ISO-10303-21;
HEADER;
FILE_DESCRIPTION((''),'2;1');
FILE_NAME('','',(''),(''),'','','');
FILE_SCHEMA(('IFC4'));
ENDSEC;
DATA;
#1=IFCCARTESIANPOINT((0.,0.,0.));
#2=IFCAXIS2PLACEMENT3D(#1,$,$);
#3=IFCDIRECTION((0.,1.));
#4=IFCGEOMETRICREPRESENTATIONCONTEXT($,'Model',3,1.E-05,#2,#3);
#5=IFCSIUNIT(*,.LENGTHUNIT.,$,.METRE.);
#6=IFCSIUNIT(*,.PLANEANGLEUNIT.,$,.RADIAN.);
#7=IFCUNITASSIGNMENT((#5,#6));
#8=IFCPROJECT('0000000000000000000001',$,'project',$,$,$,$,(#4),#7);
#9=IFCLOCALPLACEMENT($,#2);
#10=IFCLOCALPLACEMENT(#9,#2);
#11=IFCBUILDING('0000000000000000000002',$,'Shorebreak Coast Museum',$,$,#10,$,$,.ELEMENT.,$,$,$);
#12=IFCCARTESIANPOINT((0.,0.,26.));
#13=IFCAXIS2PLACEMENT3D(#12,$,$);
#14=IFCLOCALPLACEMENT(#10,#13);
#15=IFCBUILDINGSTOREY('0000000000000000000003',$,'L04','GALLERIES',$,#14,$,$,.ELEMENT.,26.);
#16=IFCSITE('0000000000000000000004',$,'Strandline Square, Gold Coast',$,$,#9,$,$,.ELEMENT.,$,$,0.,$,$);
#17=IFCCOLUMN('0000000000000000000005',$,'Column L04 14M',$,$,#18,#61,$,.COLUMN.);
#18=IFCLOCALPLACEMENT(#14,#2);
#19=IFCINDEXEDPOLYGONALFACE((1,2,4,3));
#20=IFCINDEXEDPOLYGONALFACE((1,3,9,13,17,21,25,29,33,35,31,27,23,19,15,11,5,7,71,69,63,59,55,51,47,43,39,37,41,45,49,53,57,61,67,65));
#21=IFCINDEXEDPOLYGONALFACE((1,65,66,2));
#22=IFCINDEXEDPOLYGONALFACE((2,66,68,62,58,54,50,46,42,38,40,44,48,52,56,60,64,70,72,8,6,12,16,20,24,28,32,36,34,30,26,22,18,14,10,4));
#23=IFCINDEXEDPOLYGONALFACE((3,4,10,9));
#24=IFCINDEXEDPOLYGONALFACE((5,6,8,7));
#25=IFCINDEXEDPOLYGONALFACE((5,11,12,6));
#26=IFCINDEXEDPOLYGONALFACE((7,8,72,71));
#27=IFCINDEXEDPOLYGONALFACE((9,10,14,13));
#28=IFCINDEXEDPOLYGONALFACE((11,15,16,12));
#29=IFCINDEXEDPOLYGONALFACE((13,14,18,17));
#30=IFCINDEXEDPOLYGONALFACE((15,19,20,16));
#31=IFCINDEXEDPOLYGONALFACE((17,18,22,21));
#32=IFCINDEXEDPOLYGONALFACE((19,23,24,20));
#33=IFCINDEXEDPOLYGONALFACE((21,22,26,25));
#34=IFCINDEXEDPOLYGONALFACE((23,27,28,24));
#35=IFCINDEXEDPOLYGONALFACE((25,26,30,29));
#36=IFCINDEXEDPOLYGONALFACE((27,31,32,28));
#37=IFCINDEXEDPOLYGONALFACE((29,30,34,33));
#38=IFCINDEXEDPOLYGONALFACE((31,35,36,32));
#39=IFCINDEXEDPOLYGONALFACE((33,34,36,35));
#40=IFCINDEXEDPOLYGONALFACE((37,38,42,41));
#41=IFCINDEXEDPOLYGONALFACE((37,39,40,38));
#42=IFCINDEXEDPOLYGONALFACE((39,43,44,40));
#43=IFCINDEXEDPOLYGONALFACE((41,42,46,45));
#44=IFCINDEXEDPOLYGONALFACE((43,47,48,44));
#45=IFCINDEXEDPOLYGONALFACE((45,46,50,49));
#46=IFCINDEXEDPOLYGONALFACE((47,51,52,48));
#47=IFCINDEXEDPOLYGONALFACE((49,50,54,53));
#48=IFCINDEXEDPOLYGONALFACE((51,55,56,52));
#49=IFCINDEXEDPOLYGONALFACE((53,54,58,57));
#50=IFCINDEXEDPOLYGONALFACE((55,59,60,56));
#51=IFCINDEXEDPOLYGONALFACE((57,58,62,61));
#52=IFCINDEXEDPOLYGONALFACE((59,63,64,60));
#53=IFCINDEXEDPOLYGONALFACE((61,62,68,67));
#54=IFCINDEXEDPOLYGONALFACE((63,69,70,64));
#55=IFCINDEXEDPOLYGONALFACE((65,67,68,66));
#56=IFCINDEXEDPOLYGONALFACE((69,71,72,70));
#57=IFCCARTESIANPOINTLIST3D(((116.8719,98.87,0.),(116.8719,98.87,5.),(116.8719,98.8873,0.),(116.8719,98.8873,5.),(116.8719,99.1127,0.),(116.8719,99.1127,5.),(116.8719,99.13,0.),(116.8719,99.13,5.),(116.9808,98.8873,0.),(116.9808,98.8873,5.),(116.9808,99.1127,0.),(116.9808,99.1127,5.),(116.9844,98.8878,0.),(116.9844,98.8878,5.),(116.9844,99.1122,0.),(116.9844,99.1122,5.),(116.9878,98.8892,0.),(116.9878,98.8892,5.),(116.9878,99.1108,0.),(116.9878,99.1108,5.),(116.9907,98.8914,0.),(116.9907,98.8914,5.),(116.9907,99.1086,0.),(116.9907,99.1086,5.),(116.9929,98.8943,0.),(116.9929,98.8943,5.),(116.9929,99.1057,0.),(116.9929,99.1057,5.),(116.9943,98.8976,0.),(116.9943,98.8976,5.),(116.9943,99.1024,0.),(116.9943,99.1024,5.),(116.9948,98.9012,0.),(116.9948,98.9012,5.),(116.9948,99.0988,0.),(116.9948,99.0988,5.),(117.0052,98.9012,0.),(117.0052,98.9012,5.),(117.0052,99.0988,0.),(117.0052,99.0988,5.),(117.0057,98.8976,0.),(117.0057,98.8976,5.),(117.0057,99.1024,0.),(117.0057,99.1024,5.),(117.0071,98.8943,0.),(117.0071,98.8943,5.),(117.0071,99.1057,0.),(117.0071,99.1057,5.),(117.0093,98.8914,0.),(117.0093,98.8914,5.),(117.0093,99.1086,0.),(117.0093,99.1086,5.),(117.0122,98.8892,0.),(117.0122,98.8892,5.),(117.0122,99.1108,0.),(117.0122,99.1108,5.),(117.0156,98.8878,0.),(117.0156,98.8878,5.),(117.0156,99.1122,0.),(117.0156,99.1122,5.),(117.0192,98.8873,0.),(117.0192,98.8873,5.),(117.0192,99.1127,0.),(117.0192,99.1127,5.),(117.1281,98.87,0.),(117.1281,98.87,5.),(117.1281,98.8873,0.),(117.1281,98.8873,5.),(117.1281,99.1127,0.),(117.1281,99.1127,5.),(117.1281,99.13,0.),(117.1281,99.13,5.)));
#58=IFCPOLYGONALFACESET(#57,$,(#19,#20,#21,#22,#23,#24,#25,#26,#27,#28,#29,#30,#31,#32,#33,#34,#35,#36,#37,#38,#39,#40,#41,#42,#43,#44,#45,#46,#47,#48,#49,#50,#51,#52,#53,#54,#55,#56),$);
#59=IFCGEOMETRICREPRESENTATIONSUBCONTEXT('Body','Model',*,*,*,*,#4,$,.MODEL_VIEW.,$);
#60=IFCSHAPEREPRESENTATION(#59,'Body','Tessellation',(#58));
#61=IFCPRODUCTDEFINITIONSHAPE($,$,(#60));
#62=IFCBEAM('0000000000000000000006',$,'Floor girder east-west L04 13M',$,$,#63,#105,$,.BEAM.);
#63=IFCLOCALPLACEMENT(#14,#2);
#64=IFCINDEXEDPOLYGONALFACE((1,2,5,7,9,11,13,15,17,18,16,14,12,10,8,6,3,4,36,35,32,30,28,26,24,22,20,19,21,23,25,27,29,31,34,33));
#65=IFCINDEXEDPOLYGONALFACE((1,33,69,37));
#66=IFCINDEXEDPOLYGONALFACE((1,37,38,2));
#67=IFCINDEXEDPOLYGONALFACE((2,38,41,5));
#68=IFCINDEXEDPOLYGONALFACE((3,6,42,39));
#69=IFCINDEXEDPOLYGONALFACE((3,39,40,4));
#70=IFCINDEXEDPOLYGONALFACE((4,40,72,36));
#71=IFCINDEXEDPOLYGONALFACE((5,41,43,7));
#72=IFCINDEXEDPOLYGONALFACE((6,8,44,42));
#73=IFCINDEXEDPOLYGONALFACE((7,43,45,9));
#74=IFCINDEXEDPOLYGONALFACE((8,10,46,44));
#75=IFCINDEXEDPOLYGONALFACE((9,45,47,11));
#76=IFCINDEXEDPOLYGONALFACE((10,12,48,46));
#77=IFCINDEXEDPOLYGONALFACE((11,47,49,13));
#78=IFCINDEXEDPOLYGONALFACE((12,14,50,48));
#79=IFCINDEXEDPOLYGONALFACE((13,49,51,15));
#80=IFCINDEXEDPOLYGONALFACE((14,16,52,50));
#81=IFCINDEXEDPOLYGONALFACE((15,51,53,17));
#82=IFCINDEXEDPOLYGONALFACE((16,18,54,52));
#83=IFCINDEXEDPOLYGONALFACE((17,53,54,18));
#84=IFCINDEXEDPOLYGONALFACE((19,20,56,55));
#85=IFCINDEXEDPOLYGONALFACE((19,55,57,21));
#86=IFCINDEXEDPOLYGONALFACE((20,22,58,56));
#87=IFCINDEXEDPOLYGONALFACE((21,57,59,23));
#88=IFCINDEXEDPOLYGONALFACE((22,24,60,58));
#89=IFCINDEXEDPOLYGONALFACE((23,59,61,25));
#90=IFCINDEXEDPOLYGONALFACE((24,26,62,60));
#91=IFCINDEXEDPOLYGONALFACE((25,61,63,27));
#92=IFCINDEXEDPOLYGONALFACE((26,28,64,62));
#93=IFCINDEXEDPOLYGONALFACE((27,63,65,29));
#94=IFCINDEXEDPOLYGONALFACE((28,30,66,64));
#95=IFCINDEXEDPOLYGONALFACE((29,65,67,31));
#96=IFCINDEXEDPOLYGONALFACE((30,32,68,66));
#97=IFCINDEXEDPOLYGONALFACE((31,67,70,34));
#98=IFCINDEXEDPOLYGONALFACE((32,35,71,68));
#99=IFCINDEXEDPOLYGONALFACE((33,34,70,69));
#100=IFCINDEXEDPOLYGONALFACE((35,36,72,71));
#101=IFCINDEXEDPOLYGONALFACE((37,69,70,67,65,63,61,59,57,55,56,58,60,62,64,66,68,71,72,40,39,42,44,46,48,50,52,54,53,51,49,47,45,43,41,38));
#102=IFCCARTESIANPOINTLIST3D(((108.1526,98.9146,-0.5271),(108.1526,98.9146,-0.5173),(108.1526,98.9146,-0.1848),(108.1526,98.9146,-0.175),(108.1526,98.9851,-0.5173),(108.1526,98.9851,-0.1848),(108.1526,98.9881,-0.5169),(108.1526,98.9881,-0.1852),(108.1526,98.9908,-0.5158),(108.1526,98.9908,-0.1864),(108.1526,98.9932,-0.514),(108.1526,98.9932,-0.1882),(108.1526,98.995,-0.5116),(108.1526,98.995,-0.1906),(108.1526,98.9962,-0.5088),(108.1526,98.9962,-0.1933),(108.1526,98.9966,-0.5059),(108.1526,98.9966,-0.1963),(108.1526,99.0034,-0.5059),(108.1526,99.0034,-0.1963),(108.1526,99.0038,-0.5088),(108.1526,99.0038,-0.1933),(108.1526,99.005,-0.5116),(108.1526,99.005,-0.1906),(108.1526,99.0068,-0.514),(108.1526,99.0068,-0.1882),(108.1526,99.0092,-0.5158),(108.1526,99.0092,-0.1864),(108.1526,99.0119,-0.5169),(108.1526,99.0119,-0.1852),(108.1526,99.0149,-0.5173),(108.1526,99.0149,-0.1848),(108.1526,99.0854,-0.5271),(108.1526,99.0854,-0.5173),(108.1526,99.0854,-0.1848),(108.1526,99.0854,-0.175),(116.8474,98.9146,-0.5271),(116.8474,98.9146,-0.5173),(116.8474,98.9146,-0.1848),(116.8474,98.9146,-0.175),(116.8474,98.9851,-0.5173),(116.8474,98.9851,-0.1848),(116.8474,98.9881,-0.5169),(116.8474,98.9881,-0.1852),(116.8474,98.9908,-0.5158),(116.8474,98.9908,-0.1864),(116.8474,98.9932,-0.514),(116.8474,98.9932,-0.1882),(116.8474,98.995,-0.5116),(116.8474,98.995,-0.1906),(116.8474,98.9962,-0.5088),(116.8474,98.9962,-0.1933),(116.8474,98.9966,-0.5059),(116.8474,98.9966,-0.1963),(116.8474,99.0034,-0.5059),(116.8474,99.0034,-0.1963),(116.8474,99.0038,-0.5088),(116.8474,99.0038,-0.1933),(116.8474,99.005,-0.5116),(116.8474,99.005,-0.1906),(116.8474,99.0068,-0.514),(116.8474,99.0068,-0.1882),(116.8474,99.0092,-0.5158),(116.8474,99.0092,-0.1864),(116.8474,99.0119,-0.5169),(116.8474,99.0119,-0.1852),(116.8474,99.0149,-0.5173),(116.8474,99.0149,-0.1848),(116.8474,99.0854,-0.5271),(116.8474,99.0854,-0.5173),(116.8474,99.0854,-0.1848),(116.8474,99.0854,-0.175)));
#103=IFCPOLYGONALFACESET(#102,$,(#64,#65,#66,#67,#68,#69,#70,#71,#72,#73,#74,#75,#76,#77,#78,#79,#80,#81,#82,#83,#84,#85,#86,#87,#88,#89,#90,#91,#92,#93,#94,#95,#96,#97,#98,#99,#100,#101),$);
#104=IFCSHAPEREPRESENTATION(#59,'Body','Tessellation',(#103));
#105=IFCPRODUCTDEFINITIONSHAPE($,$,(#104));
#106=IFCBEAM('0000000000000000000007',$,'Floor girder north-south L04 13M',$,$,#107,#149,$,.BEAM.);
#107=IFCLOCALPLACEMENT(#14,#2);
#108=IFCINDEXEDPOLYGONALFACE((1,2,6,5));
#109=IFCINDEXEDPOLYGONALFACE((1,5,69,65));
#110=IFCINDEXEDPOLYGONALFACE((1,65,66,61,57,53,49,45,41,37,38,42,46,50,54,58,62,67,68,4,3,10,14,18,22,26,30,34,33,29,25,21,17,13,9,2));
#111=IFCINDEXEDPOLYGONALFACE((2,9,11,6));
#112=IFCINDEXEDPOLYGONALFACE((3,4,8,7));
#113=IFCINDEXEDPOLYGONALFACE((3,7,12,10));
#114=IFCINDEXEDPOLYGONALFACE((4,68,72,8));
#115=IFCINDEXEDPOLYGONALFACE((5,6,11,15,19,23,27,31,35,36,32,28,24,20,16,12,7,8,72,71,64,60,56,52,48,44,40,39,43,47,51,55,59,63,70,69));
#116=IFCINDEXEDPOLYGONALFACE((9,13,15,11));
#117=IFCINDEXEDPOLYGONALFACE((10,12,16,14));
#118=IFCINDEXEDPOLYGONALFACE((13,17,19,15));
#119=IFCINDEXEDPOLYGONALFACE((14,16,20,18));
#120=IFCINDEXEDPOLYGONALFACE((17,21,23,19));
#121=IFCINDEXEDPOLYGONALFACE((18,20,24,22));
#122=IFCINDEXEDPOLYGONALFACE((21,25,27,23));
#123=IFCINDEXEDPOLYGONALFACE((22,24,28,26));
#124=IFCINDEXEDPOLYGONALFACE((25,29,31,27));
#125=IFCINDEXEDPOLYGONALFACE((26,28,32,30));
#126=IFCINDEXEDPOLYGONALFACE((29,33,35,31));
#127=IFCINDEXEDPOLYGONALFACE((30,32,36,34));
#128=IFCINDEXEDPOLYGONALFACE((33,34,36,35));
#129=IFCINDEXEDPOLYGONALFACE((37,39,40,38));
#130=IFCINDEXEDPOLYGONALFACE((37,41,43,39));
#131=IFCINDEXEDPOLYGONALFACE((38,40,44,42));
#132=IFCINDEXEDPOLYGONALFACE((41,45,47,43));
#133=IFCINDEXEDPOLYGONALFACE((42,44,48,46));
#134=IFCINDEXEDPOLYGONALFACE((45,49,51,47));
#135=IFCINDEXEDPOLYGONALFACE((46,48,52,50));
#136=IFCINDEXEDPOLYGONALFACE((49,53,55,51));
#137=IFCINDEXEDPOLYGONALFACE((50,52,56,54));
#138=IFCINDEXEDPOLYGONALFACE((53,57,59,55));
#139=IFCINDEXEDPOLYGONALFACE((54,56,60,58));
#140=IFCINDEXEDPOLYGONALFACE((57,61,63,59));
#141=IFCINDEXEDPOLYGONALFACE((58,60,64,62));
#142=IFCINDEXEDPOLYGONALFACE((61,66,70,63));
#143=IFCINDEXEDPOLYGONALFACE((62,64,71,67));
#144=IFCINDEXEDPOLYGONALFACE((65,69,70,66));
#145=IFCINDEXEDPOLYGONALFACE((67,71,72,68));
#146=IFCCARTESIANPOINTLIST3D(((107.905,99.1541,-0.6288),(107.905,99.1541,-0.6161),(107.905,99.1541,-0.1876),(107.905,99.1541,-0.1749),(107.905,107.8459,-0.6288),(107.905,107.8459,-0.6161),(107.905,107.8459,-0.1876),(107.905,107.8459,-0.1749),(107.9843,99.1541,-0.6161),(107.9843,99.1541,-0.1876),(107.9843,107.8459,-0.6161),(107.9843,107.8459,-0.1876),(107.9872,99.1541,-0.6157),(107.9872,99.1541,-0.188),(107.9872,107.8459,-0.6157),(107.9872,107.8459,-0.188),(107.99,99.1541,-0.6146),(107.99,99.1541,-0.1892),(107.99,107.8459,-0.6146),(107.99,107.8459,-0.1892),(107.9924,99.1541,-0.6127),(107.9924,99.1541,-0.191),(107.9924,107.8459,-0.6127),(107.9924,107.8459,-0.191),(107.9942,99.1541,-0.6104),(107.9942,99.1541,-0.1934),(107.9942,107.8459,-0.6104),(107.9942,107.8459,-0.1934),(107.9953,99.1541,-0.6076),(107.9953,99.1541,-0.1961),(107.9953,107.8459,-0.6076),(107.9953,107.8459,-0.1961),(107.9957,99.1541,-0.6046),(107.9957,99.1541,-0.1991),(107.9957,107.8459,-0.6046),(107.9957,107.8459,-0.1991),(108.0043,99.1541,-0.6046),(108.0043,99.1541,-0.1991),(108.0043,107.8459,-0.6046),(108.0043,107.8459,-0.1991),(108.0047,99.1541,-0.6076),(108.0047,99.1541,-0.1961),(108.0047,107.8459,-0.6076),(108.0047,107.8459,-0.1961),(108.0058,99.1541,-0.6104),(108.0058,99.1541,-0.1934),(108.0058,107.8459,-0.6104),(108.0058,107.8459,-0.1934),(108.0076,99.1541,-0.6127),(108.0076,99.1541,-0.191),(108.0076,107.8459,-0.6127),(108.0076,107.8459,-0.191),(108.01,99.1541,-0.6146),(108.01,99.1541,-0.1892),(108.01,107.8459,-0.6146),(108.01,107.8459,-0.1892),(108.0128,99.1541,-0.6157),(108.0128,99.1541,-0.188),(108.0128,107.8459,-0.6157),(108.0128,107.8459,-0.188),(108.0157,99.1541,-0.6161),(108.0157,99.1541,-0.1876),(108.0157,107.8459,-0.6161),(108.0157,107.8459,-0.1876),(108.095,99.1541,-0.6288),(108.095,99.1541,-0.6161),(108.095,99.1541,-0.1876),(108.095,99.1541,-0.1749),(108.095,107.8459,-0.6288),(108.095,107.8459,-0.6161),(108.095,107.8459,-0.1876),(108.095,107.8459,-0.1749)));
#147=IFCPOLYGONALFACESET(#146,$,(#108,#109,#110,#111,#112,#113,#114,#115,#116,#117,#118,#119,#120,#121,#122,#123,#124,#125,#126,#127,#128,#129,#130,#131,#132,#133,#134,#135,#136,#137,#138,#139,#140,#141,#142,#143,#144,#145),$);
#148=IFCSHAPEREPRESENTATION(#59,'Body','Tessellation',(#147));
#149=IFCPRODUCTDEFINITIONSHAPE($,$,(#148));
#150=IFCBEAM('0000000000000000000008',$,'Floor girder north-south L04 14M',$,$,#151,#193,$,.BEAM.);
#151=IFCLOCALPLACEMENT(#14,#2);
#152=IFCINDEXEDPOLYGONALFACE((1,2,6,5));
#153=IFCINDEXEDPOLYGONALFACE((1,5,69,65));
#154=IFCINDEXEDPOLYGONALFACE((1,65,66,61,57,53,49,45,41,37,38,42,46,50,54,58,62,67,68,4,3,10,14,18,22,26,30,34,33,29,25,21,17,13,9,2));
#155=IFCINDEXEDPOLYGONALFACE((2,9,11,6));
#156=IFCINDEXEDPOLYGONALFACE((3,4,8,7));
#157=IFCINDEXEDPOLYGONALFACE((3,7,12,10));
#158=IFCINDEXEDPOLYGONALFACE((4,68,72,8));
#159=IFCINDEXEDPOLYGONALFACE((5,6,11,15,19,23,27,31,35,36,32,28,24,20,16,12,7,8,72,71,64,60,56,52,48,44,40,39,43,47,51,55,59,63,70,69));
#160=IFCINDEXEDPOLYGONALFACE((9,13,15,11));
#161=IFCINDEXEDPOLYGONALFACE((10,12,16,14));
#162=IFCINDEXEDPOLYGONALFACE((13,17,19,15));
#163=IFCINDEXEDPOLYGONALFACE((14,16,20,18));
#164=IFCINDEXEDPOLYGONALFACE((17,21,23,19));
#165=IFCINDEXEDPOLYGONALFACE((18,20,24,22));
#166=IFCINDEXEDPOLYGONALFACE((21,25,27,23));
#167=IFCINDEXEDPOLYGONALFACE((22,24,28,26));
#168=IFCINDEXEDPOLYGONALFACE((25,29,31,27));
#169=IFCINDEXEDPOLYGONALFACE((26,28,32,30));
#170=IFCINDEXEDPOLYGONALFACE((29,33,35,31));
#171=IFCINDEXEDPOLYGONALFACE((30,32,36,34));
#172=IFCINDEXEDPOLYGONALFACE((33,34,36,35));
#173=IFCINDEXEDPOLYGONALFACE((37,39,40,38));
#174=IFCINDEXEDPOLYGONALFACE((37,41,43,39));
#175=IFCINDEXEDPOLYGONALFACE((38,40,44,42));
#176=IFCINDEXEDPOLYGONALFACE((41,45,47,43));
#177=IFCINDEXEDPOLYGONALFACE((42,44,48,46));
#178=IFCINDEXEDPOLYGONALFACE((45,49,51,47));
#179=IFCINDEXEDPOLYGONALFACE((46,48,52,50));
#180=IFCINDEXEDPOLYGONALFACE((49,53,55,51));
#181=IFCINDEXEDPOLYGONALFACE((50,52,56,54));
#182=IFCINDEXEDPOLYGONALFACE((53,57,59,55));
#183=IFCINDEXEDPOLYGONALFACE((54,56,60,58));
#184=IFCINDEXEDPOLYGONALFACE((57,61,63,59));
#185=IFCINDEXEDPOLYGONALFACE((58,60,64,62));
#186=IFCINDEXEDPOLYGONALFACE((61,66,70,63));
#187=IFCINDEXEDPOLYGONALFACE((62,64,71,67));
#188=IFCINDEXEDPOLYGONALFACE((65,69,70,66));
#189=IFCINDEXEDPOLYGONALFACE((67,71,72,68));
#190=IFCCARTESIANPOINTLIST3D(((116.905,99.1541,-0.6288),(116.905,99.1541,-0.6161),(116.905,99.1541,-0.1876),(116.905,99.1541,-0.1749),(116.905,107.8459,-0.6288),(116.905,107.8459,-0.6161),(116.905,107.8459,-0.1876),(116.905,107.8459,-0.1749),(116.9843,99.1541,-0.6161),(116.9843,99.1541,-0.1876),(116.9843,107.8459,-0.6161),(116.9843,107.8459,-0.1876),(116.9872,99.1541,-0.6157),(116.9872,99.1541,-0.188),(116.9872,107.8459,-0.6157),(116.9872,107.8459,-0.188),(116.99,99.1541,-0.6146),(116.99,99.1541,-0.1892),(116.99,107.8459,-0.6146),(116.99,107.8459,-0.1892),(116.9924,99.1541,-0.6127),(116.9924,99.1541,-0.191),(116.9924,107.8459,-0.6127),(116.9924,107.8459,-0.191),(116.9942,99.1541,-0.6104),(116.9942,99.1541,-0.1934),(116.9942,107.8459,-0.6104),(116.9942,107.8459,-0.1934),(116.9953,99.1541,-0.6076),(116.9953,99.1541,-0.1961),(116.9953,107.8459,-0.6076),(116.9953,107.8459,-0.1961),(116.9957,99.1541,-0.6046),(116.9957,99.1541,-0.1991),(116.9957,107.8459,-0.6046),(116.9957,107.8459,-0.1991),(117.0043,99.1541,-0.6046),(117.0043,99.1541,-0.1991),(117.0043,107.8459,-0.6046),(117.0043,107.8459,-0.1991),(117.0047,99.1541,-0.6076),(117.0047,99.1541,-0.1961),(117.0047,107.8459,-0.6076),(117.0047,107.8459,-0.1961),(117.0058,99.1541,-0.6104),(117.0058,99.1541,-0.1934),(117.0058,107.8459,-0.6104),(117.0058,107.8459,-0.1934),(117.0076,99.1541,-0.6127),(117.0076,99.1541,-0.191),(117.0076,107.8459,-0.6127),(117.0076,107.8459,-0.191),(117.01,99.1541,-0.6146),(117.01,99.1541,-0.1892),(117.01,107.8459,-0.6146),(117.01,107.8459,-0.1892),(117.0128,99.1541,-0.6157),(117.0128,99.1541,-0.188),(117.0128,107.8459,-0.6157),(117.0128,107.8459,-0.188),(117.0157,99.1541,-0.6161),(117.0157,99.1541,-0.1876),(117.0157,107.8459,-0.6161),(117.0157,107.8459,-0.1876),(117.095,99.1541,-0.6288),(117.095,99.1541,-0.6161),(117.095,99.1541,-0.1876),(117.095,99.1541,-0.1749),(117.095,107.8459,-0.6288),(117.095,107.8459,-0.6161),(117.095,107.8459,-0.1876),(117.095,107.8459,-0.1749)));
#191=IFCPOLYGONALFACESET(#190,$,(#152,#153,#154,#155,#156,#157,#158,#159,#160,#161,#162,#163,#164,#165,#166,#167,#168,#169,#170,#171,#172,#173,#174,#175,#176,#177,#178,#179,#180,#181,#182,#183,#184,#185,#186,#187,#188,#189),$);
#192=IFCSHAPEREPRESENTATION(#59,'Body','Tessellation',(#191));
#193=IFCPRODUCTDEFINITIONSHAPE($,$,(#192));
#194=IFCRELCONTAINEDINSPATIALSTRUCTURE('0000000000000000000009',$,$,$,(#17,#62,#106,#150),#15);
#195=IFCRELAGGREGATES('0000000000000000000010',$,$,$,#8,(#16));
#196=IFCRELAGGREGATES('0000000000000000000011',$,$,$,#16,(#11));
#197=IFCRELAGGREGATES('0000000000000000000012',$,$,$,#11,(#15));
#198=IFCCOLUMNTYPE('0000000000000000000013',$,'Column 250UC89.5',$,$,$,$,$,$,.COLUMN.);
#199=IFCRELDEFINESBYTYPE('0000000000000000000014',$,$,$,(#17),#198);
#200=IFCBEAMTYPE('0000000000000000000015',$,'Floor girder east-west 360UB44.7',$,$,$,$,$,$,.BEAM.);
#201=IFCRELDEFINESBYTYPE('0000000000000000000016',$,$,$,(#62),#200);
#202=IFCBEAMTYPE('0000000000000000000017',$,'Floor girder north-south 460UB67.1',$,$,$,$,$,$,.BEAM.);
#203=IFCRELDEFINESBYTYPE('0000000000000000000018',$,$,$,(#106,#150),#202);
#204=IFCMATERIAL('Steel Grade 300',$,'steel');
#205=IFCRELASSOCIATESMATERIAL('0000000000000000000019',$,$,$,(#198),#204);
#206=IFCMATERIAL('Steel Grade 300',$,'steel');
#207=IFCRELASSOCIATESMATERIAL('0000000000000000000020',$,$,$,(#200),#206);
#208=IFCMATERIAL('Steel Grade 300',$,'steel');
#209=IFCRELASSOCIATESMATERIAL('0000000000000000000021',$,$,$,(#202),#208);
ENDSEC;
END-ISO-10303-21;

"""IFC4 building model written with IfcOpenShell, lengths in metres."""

from ifc_helpers import new_model, si_unit, direction, frame, origin, origin_2d, place, context, subcontext, project, spatial, i_section, extrude, material, material_profile, profile_set, type_object, element, save


model = new_model("IFC4")

# Units and contexts
model_context = context("Model", 3, precision=1e-05, world=origin(), true_north=direction((0.0, 1.0)))
body_context = subcontext(model_context, "Body", "Model", "MODEL_VIEW")
ifc_project = project(units=[si_unit("LENGTHUNIT", "METRE"), si_unit("PLANEANGLEUNIT", "RADIAN")], contexts=[model_context])

# Site, building, storey
site_placement = place(None, origin())
site = spatial("IfcSite", under=ifc_project, at=site_placement, Name="Strandline Square, Gold Coast", CompositionType="ELEMENT", RefElevation=0.0)
building_placement = place(site_placement, origin())
building = spatial("IfcBuilding", under=site, at=building_placement, Name="Shorebreak Coast Museum", CompositionType="ELEMENT")
storey_placement = place(building_placement, frame((0.0, 0.0, 26.0)))
storey = spatial("IfcBuildingStorey", under=building, at=storey_placement, Name="L04", Description="GALLERIES", CompositionType="ELEMENT", Elevation=26.0)

# Column
ifc_material_1 = material(Name="Steel Grade 300", Category="steel")
ifc_material_profile_1 = material_profile(ifc_material_1, i_section(OverallWidth=0.2561, OverallDepth=0.26, WebThickness=0.0105, FlangeThickness=0.0173, FilletRadius=0.0139, at=origin_2d()), Name="250UC89.5")
ifc_profile_set_1 = profile_set([ifc_material_profile_1], Name="Steel Grade 300")
column_type = type_object("IfcColumnType", Name="Column 250UC89.5", PredefinedType="COLUMN", material=ifc_profile_set_1)
column_placement = place(storey_placement, frame((117.0, 99.0, 0.0), z_axis=(0.0, 0.0, 1.0), x_axis=(1.0, 0.0, 0.0)))
element("IfcColumn", 1, at=column_placement, inside=storey, type_object=column_type, Name="Column L04 14M", PredefinedType="COLUMN", context=body_context, shape_type="SweptSolid", body=[
    extrude(i_section(OverallWidth=0.2561, OverallDepth=0.26, WebThickness=0.0105, FlangeThickness=0.0173, FilletRadius=0.0139, at=origin_2d()), origin(), (0.0, 0.0, 1.0), 5.0),
])

# Beams
ifc_material_2 = material(Name="Steel Grade 300", Category="steel")
ifc_material_profile_2 = material_profile(ifc_material_2, i_section(OverallWidth=0.1709, OverallDepth=0.3521, WebThickness=0.0068, FlangeThickness=0.0098, FilletRadius=0.0115, at=origin_2d()), Name="360UB44.7")
ifc_profile_set_2 = profile_set([ifc_material_profile_2], Name="Steel Grade 300")
beam_type_1 = type_object("IfcBeamType", Name="Floor girder east-west 360UB44.7", PredefinedType="BEAM", material=ifc_profile_set_2)
beam_placement = place(storey_placement, frame((108.1526, 99.0, -0.3511), z_axis=(1.0, 0.0, 0.0), x_axis=(0.0, 1.0, 0.0)))
element("IfcBeam", 2, at=beam_placement, inside=storey, type_object=beam_type_1, Name="Floor girder east-west L04 13M", PredefinedType="BEAM", context=body_context, shape_type="SweptSolid", body=[
    extrude(i_section(OverallWidth=0.1709, OverallDepth=0.3521, WebThickness=0.0068, FlangeThickness=0.0098, FilletRadius=0.0115, at=origin_2d()), origin(), (0.0, 0.0, 1.0), 8.6948),
])
ifc_material_3 = material(Name="Steel Grade 300", Category="steel")
ifc_material_profile_3 = material_profile(ifc_material_3, i_section(OverallWidth=0.1899, OverallDepth=0.4539, WebThickness=0.0085, FlangeThickness=0.0127, FilletRadius=0.0115, at=origin_2d()), Name="460UB67.1")
ifc_profile_set_3 = profile_set([ifc_material_profile_3], Name="Steel Grade 300")
beam_type_2 = type_object("IfcBeamType", Name="Floor girder north-south 460UB67.1", PredefinedType="BEAM", material=ifc_profile_set_3)
for number, where, z_axis, x_axis, name in (
    (3, (108.0, 99.1541, -0.4019), (0.0, 1.0, 0.0), (-1.0, 0.0, 0.0), "Floor girder north-south L04 13M"),
    (4, (117.0, 99.1541, -0.4019), (0.0, 1.0, 0.0), (-1.0, 0.0, 0.0), "Floor girder north-south L04 14M"),
):
    element("IfcBeam", number, at=place(storey_placement, frame(where, z_axis=z_axis, x_axis=x_axis)), inside=storey, type_object=beam_type_2, Name=name, PredefinedType="BEAM", context=body_context, shape_type="SweptSolid", body=[
        extrude(i_section(OverallWidth=0.1899, OverallDepth=0.4539, WebThickness=0.0085, FlangeThickness=0.0127, FilletRadius=0.0115, at=origin_2d()), origin(), (0.0, 0.0, 1.0), 8.6919),
    ])

save(model, "model.ifc")
